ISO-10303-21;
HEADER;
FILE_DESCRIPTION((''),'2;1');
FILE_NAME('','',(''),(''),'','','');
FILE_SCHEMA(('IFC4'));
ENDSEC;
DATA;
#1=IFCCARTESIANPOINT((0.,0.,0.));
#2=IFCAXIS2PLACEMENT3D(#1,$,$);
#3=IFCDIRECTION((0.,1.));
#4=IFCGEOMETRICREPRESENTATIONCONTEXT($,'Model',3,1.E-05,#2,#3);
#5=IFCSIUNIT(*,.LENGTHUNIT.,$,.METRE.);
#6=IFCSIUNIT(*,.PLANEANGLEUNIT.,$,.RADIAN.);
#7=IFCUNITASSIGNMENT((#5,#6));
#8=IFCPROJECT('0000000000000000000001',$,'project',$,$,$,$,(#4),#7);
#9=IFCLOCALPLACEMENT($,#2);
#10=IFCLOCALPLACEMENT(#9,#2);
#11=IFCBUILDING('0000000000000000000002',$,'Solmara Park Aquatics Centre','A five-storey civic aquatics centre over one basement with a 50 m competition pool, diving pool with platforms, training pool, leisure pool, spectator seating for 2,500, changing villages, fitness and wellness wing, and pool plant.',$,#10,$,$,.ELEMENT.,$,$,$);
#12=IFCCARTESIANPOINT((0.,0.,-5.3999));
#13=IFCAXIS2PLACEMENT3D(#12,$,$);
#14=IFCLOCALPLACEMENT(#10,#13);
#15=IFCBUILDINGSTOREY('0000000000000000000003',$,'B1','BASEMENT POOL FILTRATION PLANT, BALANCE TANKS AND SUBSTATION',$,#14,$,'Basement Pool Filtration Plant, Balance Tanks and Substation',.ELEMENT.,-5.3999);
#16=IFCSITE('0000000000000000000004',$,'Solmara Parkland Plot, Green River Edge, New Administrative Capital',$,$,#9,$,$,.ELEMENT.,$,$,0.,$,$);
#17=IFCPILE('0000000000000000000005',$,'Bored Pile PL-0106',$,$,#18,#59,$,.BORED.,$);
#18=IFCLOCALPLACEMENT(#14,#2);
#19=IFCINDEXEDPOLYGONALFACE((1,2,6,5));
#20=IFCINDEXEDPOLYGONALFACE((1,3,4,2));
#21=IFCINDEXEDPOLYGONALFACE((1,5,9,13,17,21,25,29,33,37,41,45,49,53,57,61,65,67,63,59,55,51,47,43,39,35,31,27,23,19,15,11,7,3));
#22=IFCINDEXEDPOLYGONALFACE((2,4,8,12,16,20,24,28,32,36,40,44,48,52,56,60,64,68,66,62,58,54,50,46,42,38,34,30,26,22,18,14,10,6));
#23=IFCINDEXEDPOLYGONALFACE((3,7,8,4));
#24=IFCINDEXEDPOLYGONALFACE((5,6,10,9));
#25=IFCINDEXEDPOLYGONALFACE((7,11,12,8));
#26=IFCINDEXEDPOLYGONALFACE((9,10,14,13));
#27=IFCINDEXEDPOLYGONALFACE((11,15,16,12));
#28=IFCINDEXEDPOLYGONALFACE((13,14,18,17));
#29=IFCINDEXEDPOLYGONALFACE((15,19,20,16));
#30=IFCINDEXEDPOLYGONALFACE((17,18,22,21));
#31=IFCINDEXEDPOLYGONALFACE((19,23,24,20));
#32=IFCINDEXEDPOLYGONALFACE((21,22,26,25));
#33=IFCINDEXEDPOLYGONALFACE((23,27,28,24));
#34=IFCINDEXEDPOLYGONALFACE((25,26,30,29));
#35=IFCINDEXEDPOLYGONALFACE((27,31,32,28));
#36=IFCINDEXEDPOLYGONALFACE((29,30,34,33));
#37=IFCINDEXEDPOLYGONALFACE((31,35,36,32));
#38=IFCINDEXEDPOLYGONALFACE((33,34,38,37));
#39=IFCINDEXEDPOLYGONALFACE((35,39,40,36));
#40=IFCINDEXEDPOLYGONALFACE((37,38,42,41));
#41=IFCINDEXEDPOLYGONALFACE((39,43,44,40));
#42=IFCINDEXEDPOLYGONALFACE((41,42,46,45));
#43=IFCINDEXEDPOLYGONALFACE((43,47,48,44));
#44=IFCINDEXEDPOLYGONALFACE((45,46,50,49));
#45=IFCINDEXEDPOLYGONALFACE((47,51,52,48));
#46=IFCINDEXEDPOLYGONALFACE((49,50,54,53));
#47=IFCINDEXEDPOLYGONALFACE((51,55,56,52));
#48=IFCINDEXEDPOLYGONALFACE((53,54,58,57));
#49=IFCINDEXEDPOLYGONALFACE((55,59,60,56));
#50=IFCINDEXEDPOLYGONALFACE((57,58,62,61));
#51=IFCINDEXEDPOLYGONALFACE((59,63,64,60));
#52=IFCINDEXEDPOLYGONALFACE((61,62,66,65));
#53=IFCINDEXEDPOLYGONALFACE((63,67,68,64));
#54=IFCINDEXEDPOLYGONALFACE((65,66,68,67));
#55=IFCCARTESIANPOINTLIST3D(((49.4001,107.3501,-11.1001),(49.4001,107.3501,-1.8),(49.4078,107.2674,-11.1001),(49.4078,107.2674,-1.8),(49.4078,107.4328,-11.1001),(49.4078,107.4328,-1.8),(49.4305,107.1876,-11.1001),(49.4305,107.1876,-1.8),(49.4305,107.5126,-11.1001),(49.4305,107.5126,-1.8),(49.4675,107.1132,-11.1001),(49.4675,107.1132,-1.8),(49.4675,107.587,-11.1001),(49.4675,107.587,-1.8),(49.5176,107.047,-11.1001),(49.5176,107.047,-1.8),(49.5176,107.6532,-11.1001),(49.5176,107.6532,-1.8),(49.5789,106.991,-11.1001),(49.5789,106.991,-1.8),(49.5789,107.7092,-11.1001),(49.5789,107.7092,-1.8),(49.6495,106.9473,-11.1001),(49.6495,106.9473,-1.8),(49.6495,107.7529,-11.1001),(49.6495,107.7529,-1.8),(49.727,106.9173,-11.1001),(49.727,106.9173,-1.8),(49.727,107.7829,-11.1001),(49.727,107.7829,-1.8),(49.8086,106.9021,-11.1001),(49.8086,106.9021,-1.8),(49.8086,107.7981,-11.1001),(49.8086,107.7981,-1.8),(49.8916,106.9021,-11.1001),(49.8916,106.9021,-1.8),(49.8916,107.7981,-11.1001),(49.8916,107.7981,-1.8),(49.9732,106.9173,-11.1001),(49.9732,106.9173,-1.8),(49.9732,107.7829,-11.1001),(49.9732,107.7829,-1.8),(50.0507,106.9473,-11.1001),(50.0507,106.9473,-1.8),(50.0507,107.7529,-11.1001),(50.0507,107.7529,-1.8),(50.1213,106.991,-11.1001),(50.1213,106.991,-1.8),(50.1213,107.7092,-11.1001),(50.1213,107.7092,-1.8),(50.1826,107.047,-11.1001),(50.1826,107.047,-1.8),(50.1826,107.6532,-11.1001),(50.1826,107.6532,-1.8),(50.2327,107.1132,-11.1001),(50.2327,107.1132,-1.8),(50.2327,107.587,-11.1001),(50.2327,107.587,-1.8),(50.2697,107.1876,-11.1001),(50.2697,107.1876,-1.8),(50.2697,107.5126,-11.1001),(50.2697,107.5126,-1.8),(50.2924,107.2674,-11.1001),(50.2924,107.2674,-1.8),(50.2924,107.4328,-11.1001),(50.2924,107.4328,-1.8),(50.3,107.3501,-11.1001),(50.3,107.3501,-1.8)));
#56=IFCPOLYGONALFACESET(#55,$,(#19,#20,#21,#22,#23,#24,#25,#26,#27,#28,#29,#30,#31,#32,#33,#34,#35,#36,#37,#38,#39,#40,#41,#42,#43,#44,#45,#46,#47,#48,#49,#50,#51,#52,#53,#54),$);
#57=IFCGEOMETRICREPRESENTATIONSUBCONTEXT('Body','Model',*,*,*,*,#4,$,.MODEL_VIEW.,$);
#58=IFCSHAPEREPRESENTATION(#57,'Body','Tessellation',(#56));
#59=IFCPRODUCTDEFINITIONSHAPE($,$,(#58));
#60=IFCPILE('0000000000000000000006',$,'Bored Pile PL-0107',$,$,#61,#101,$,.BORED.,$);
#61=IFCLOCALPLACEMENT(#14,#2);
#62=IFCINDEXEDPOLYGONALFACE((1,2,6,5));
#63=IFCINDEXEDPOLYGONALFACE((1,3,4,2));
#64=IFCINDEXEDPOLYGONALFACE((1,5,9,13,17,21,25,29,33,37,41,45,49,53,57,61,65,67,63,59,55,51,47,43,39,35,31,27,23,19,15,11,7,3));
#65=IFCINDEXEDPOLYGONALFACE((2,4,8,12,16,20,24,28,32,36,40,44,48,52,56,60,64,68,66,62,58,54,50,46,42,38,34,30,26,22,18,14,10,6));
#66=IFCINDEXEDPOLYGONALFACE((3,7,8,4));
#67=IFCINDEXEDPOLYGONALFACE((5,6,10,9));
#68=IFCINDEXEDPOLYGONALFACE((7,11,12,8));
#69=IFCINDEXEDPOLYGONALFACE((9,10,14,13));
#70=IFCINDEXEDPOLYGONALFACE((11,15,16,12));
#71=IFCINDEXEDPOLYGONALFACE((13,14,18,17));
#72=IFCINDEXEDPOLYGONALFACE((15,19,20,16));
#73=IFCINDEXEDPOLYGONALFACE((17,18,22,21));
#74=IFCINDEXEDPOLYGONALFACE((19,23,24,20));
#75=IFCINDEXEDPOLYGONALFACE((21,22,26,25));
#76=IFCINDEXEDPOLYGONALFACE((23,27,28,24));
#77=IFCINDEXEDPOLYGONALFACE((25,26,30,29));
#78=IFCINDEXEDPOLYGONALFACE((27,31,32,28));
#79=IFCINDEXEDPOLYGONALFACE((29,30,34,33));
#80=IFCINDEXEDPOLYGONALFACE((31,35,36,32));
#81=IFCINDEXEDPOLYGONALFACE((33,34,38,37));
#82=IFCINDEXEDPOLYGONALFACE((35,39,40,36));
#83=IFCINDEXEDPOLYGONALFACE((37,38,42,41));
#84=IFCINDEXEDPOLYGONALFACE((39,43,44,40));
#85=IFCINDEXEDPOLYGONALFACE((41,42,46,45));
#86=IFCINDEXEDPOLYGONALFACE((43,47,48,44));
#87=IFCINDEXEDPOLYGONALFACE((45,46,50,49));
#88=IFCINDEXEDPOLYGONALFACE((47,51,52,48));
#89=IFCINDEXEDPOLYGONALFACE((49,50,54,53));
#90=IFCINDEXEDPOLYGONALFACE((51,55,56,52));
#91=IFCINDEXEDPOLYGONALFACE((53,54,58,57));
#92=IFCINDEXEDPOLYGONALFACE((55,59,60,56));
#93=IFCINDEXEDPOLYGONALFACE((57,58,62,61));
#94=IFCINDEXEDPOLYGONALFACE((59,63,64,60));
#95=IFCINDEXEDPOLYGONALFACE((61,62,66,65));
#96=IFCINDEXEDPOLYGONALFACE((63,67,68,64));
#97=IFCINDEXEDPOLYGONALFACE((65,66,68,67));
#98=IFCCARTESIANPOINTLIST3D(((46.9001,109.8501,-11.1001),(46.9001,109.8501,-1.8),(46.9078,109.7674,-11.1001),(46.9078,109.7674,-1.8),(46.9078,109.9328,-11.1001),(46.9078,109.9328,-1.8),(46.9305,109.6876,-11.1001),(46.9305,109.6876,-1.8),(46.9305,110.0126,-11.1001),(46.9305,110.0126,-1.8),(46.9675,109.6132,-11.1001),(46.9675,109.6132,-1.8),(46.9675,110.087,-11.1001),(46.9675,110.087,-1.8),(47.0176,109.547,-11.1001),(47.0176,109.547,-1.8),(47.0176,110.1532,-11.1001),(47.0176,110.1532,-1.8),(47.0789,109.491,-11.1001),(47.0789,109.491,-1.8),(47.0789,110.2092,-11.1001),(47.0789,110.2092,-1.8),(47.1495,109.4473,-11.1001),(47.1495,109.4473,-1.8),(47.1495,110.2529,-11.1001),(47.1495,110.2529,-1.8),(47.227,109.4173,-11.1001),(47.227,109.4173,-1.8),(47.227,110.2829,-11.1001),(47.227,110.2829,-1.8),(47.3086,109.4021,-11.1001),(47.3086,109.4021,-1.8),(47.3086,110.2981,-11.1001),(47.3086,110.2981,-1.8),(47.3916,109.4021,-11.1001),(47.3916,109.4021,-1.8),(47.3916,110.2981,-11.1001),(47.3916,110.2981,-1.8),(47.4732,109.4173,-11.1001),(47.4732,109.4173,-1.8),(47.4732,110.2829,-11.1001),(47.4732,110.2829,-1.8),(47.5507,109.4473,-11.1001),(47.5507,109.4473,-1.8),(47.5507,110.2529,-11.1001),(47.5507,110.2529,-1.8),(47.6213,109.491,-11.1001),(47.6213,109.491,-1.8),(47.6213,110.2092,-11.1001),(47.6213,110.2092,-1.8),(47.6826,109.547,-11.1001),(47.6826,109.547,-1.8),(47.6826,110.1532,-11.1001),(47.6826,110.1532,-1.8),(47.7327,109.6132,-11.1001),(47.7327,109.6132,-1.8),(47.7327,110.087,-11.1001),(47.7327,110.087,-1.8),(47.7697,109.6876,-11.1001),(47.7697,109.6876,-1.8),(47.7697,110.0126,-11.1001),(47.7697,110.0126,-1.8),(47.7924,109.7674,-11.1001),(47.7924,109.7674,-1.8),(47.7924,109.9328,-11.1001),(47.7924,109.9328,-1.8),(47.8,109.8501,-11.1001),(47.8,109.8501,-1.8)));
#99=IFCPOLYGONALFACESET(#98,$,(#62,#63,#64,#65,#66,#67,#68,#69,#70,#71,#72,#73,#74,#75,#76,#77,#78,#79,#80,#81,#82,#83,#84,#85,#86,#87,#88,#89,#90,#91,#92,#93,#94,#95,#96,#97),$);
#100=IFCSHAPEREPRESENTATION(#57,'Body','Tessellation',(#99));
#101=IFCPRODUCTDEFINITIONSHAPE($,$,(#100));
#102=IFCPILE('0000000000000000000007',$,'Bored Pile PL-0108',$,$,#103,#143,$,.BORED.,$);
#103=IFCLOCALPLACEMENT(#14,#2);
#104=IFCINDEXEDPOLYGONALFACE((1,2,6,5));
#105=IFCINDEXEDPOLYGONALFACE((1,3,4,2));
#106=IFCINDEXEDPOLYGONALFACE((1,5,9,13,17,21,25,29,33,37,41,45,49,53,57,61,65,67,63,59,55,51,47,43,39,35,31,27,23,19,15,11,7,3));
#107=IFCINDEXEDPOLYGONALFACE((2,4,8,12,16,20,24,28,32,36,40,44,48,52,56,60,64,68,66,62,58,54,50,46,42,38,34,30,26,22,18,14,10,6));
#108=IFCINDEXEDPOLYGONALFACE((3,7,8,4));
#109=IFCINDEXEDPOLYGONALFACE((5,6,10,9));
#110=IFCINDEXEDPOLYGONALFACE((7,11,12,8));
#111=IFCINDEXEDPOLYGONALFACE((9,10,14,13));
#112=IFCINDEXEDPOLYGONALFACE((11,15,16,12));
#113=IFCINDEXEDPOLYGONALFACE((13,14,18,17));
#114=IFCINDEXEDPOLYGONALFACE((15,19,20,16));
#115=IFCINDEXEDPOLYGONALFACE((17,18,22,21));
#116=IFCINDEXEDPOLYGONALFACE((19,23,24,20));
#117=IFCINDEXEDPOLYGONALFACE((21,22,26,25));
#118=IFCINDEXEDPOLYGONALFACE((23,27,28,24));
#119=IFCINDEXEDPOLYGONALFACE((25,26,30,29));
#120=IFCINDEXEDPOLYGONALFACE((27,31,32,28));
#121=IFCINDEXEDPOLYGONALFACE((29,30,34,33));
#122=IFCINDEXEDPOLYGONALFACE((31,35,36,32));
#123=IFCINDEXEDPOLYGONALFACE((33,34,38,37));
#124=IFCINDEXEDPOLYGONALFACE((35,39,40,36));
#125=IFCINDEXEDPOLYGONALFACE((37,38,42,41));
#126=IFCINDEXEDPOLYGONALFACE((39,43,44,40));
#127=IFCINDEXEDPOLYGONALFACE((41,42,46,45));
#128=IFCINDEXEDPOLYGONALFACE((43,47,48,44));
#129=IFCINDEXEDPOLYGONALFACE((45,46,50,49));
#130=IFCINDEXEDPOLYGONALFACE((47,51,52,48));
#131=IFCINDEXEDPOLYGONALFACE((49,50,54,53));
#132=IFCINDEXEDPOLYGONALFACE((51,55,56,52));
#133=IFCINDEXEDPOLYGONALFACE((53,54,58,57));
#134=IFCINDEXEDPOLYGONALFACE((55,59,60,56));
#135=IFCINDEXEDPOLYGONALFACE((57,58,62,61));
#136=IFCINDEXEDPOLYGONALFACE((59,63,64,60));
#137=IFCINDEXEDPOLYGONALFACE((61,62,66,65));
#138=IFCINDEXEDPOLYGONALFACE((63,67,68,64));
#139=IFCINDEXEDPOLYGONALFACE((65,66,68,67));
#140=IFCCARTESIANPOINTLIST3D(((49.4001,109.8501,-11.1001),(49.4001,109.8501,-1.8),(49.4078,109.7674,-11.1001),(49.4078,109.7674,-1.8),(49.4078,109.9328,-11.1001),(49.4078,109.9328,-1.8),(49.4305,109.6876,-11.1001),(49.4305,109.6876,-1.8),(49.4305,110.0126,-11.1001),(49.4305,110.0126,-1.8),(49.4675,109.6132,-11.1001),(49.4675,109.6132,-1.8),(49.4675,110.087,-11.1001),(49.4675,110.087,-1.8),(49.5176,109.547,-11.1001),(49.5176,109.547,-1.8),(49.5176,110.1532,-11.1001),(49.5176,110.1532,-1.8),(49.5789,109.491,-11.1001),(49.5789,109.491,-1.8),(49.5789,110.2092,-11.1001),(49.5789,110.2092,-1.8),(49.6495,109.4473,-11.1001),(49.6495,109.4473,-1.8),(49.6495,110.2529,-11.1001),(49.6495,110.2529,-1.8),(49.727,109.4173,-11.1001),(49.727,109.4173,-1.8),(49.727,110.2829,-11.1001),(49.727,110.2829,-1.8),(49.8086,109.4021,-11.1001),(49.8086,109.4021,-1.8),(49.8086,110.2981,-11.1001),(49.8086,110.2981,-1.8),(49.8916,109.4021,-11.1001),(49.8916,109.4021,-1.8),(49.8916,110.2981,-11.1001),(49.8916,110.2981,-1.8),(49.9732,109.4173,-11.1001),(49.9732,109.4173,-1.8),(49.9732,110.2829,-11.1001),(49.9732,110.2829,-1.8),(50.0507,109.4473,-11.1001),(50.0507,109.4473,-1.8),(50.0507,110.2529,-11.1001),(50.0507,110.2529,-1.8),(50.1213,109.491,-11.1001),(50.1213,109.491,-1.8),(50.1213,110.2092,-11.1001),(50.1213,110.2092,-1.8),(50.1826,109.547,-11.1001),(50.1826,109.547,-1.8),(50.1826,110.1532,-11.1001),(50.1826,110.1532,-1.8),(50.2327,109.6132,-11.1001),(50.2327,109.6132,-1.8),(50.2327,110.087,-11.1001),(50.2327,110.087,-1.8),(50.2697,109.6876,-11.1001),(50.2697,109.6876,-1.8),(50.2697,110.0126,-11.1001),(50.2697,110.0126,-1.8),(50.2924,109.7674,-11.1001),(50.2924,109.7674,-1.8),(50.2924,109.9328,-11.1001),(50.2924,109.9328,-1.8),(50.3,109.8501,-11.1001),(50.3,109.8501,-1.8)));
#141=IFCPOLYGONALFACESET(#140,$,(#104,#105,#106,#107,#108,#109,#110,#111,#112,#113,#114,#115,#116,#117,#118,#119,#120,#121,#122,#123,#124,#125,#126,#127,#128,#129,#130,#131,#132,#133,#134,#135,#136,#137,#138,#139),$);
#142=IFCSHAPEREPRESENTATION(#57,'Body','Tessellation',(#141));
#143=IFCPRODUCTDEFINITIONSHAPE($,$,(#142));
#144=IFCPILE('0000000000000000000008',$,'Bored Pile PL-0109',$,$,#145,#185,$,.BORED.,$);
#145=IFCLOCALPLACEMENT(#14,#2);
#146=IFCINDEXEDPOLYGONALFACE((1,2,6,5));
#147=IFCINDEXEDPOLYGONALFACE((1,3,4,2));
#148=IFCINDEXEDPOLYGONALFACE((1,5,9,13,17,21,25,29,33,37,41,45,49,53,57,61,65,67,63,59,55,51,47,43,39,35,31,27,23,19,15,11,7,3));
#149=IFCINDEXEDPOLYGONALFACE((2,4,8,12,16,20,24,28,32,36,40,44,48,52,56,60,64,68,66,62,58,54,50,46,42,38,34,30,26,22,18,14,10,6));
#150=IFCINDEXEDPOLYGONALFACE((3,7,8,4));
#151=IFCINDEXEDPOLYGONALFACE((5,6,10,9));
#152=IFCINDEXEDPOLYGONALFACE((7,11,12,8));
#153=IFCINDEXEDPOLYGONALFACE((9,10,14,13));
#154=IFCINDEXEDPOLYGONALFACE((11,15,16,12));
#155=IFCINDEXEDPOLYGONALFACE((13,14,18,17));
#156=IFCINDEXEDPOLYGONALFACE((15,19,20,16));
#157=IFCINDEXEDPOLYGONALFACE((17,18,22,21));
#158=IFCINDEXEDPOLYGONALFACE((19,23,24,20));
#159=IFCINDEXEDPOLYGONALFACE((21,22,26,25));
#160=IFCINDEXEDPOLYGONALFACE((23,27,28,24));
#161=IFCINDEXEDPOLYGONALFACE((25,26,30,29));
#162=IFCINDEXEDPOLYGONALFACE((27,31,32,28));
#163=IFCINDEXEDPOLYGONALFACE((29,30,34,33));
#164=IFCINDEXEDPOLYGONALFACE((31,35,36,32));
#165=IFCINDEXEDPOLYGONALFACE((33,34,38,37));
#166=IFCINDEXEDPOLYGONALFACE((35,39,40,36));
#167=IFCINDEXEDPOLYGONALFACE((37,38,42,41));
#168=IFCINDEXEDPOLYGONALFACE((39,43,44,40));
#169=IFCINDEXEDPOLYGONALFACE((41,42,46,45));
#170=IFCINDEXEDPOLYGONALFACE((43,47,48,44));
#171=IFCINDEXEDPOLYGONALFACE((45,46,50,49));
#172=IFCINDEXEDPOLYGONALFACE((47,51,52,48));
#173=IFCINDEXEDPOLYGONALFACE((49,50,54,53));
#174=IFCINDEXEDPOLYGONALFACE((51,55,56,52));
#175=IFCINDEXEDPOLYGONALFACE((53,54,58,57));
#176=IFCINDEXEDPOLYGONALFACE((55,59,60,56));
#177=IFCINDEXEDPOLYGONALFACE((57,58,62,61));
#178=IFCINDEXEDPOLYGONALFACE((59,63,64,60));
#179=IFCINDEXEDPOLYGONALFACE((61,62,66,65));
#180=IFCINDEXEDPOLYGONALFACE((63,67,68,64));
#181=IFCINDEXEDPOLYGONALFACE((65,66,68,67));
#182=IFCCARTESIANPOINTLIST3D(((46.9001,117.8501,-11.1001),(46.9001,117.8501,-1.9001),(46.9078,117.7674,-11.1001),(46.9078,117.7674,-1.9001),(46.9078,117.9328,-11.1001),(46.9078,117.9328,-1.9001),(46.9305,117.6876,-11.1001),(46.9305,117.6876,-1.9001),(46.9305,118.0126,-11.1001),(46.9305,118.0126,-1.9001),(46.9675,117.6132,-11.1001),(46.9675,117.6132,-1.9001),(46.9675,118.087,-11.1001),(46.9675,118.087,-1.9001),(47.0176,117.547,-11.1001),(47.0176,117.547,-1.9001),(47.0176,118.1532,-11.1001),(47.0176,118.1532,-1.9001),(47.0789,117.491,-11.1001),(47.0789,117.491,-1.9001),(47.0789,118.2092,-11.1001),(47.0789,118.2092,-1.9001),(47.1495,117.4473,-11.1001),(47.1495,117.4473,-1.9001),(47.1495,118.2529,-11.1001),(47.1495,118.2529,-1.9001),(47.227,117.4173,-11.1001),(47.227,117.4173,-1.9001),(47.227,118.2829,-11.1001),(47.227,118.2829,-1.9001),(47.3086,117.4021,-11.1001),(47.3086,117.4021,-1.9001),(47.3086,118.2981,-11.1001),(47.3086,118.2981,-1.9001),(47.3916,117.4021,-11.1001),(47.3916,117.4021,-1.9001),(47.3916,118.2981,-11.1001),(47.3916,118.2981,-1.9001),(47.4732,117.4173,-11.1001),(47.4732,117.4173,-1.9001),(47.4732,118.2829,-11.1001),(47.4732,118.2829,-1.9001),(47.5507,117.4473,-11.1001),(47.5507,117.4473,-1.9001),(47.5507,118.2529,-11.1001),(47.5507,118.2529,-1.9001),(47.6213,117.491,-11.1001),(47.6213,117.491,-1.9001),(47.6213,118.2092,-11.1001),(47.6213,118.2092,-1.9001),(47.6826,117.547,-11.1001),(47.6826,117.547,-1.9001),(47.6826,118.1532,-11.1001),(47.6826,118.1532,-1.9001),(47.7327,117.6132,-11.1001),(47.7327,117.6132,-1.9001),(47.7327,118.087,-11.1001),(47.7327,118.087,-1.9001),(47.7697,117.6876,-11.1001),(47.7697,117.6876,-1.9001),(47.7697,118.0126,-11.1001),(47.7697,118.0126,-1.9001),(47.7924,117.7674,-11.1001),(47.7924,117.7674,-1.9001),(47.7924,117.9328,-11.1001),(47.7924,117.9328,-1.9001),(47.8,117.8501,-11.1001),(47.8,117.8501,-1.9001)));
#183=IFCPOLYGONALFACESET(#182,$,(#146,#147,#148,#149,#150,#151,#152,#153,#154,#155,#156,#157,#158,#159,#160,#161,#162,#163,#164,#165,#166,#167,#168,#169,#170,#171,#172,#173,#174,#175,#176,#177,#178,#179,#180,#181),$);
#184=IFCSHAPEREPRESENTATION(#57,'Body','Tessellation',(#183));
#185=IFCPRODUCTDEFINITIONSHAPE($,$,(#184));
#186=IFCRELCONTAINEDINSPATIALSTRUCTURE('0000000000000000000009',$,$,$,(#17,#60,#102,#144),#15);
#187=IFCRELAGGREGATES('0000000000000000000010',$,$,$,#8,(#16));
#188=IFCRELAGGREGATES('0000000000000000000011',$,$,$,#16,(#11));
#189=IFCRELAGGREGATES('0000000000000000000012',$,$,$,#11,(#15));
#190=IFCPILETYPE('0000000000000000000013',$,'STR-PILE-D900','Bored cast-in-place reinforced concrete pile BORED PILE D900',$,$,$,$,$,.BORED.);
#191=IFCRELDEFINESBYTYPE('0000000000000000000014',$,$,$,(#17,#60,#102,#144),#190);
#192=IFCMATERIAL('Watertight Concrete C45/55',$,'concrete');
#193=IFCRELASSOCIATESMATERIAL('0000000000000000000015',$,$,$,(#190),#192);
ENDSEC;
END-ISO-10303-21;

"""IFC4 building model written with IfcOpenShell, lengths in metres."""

from ifc_helpers import new_model, si_unit, direction, frame, origin, origin_2d, place, context, subcontext, project, spatial, circle, extrude, material, material_profile, profile_set, type_object, element, save


model = new_model("IFC4")

# Units and contexts
model_context = context("Model", 3, precision=1e-05, world=origin(), true_north=direction((0.0, 1.0)))
body_context = subcontext(model_context, "Body", "Model", "MODEL_VIEW")
ifc_project = project(units=[si_unit("LENGTHUNIT", "METRE"), si_unit("PLANEANGLEUNIT", "RADIAN")], contexts=[model_context])

# Site, building, storey
site_placement = place(None, origin())
site = spatial("IfcSite", under=ifc_project, at=site_placement, Name="Solmara Parkland Plot, Green River Edge, New Administrative Capital", CompositionType="ELEMENT", RefElevation=0.0)
building_placement = place(site_placement, origin())
building = spatial("IfcBuilding", under=site, at=building_placement, Name="Solmara Park Aquatics Centre", Description="A five-storey civic aquatics centre over one basement with a 50 m competition pool, diving pool with platforms, training pool, leisure pool, spectator seating for 2,500, changing villages, fitness and wellness wing, and pool plant.", CompositionType="ELEMENT")
storey_placement = place(building_placement, frame((0.0, 0.0, -5.3999)))
storey = spatial("IfcBuildingStorey", under=building, at=storey_placement, Name="B1", Description="BASEMENT POOL FILTRATION PLANT, BALANCE TANKS AND SUBSTATION", LongName="Basement Pool Filtration Plant, Balance Tanks and Substation", CompositionType="ELEMENT", Elevation=-5.3999)

# Shared definitions
ifc_material_1 = material(Name="Watertight Concrete C45/55", Category="concrete")

# Piles
ifc_material_profile_1 = material_profile(ifc_material_1, circle(Radius=0.45, at=origin_2d()), Name="BORED PILE D900")
ifc_profile_set_1 = profile_set([ifc_material_profile_1], Name="Watertight Concrete C45/55")
pile_type_1 = type_object("IfcPileType", Name="STR-PILE-D900", Description="Bored cast-in-place reinforced concrete pile BORED PILE D900", PredefinedType="BORED", material=ifc_profile_set_1)
for number, where, z_axis, x_axis, name in (
    (1, (49.8501, 107.3501, -1.8), (0.0, 0.0, -1.0), (1.0, 0.0, 0.0), "Bored Pile PL-0106"),
    (2, (47.3501, 109.8501, -1.8), (0.0, 0.0, -1.0), (1.0, 0.0, 0.0), "Bored Pile PL-0107"),
    (3, (49.8501, 109.8501, -1.8), (0.0, 0.0, -1.0), (1.0, 0.0, 0.0), "Bored Pile PL-0108"),
):
    element("IfcPile", number, at=place(storey_placement, frame(where, z_axis=z_axis, x_axis=x_axis)), inside=storey, type_object=pile_type_1, Name=name, PredefinedType="BORED", context=body_context, shape_type="SweptSolid", body=[
        extrude(circle(Radius=0.45, at=origin_2d()), origin(), (0.0, 0.0, 1.0), 9.3),
    ])
for number, where, z_axis, x_axis, name in (
    (4, (47.3501, 117.8501, -1.9001), (0.0, 0.0, -1.0), (1.0, 0.0, 0.0), "Bored Pile PL-0109"),
):
    element("IfcPile", number, at=place(storey_placement, frame(where, z_axis=z_axis, x_axis=x_axis)), inside=storey, type_object=pile_type_1, Name=name, PredefinedType="BORED", context=body_context, shape_type="SweptSolid", body=[
        extrude(circle(Radius=0.45, at=origin_2d()), origin(), (0.0, 0.0, 1.0), 9.2),
    ])

save(model, "model.ifc")
